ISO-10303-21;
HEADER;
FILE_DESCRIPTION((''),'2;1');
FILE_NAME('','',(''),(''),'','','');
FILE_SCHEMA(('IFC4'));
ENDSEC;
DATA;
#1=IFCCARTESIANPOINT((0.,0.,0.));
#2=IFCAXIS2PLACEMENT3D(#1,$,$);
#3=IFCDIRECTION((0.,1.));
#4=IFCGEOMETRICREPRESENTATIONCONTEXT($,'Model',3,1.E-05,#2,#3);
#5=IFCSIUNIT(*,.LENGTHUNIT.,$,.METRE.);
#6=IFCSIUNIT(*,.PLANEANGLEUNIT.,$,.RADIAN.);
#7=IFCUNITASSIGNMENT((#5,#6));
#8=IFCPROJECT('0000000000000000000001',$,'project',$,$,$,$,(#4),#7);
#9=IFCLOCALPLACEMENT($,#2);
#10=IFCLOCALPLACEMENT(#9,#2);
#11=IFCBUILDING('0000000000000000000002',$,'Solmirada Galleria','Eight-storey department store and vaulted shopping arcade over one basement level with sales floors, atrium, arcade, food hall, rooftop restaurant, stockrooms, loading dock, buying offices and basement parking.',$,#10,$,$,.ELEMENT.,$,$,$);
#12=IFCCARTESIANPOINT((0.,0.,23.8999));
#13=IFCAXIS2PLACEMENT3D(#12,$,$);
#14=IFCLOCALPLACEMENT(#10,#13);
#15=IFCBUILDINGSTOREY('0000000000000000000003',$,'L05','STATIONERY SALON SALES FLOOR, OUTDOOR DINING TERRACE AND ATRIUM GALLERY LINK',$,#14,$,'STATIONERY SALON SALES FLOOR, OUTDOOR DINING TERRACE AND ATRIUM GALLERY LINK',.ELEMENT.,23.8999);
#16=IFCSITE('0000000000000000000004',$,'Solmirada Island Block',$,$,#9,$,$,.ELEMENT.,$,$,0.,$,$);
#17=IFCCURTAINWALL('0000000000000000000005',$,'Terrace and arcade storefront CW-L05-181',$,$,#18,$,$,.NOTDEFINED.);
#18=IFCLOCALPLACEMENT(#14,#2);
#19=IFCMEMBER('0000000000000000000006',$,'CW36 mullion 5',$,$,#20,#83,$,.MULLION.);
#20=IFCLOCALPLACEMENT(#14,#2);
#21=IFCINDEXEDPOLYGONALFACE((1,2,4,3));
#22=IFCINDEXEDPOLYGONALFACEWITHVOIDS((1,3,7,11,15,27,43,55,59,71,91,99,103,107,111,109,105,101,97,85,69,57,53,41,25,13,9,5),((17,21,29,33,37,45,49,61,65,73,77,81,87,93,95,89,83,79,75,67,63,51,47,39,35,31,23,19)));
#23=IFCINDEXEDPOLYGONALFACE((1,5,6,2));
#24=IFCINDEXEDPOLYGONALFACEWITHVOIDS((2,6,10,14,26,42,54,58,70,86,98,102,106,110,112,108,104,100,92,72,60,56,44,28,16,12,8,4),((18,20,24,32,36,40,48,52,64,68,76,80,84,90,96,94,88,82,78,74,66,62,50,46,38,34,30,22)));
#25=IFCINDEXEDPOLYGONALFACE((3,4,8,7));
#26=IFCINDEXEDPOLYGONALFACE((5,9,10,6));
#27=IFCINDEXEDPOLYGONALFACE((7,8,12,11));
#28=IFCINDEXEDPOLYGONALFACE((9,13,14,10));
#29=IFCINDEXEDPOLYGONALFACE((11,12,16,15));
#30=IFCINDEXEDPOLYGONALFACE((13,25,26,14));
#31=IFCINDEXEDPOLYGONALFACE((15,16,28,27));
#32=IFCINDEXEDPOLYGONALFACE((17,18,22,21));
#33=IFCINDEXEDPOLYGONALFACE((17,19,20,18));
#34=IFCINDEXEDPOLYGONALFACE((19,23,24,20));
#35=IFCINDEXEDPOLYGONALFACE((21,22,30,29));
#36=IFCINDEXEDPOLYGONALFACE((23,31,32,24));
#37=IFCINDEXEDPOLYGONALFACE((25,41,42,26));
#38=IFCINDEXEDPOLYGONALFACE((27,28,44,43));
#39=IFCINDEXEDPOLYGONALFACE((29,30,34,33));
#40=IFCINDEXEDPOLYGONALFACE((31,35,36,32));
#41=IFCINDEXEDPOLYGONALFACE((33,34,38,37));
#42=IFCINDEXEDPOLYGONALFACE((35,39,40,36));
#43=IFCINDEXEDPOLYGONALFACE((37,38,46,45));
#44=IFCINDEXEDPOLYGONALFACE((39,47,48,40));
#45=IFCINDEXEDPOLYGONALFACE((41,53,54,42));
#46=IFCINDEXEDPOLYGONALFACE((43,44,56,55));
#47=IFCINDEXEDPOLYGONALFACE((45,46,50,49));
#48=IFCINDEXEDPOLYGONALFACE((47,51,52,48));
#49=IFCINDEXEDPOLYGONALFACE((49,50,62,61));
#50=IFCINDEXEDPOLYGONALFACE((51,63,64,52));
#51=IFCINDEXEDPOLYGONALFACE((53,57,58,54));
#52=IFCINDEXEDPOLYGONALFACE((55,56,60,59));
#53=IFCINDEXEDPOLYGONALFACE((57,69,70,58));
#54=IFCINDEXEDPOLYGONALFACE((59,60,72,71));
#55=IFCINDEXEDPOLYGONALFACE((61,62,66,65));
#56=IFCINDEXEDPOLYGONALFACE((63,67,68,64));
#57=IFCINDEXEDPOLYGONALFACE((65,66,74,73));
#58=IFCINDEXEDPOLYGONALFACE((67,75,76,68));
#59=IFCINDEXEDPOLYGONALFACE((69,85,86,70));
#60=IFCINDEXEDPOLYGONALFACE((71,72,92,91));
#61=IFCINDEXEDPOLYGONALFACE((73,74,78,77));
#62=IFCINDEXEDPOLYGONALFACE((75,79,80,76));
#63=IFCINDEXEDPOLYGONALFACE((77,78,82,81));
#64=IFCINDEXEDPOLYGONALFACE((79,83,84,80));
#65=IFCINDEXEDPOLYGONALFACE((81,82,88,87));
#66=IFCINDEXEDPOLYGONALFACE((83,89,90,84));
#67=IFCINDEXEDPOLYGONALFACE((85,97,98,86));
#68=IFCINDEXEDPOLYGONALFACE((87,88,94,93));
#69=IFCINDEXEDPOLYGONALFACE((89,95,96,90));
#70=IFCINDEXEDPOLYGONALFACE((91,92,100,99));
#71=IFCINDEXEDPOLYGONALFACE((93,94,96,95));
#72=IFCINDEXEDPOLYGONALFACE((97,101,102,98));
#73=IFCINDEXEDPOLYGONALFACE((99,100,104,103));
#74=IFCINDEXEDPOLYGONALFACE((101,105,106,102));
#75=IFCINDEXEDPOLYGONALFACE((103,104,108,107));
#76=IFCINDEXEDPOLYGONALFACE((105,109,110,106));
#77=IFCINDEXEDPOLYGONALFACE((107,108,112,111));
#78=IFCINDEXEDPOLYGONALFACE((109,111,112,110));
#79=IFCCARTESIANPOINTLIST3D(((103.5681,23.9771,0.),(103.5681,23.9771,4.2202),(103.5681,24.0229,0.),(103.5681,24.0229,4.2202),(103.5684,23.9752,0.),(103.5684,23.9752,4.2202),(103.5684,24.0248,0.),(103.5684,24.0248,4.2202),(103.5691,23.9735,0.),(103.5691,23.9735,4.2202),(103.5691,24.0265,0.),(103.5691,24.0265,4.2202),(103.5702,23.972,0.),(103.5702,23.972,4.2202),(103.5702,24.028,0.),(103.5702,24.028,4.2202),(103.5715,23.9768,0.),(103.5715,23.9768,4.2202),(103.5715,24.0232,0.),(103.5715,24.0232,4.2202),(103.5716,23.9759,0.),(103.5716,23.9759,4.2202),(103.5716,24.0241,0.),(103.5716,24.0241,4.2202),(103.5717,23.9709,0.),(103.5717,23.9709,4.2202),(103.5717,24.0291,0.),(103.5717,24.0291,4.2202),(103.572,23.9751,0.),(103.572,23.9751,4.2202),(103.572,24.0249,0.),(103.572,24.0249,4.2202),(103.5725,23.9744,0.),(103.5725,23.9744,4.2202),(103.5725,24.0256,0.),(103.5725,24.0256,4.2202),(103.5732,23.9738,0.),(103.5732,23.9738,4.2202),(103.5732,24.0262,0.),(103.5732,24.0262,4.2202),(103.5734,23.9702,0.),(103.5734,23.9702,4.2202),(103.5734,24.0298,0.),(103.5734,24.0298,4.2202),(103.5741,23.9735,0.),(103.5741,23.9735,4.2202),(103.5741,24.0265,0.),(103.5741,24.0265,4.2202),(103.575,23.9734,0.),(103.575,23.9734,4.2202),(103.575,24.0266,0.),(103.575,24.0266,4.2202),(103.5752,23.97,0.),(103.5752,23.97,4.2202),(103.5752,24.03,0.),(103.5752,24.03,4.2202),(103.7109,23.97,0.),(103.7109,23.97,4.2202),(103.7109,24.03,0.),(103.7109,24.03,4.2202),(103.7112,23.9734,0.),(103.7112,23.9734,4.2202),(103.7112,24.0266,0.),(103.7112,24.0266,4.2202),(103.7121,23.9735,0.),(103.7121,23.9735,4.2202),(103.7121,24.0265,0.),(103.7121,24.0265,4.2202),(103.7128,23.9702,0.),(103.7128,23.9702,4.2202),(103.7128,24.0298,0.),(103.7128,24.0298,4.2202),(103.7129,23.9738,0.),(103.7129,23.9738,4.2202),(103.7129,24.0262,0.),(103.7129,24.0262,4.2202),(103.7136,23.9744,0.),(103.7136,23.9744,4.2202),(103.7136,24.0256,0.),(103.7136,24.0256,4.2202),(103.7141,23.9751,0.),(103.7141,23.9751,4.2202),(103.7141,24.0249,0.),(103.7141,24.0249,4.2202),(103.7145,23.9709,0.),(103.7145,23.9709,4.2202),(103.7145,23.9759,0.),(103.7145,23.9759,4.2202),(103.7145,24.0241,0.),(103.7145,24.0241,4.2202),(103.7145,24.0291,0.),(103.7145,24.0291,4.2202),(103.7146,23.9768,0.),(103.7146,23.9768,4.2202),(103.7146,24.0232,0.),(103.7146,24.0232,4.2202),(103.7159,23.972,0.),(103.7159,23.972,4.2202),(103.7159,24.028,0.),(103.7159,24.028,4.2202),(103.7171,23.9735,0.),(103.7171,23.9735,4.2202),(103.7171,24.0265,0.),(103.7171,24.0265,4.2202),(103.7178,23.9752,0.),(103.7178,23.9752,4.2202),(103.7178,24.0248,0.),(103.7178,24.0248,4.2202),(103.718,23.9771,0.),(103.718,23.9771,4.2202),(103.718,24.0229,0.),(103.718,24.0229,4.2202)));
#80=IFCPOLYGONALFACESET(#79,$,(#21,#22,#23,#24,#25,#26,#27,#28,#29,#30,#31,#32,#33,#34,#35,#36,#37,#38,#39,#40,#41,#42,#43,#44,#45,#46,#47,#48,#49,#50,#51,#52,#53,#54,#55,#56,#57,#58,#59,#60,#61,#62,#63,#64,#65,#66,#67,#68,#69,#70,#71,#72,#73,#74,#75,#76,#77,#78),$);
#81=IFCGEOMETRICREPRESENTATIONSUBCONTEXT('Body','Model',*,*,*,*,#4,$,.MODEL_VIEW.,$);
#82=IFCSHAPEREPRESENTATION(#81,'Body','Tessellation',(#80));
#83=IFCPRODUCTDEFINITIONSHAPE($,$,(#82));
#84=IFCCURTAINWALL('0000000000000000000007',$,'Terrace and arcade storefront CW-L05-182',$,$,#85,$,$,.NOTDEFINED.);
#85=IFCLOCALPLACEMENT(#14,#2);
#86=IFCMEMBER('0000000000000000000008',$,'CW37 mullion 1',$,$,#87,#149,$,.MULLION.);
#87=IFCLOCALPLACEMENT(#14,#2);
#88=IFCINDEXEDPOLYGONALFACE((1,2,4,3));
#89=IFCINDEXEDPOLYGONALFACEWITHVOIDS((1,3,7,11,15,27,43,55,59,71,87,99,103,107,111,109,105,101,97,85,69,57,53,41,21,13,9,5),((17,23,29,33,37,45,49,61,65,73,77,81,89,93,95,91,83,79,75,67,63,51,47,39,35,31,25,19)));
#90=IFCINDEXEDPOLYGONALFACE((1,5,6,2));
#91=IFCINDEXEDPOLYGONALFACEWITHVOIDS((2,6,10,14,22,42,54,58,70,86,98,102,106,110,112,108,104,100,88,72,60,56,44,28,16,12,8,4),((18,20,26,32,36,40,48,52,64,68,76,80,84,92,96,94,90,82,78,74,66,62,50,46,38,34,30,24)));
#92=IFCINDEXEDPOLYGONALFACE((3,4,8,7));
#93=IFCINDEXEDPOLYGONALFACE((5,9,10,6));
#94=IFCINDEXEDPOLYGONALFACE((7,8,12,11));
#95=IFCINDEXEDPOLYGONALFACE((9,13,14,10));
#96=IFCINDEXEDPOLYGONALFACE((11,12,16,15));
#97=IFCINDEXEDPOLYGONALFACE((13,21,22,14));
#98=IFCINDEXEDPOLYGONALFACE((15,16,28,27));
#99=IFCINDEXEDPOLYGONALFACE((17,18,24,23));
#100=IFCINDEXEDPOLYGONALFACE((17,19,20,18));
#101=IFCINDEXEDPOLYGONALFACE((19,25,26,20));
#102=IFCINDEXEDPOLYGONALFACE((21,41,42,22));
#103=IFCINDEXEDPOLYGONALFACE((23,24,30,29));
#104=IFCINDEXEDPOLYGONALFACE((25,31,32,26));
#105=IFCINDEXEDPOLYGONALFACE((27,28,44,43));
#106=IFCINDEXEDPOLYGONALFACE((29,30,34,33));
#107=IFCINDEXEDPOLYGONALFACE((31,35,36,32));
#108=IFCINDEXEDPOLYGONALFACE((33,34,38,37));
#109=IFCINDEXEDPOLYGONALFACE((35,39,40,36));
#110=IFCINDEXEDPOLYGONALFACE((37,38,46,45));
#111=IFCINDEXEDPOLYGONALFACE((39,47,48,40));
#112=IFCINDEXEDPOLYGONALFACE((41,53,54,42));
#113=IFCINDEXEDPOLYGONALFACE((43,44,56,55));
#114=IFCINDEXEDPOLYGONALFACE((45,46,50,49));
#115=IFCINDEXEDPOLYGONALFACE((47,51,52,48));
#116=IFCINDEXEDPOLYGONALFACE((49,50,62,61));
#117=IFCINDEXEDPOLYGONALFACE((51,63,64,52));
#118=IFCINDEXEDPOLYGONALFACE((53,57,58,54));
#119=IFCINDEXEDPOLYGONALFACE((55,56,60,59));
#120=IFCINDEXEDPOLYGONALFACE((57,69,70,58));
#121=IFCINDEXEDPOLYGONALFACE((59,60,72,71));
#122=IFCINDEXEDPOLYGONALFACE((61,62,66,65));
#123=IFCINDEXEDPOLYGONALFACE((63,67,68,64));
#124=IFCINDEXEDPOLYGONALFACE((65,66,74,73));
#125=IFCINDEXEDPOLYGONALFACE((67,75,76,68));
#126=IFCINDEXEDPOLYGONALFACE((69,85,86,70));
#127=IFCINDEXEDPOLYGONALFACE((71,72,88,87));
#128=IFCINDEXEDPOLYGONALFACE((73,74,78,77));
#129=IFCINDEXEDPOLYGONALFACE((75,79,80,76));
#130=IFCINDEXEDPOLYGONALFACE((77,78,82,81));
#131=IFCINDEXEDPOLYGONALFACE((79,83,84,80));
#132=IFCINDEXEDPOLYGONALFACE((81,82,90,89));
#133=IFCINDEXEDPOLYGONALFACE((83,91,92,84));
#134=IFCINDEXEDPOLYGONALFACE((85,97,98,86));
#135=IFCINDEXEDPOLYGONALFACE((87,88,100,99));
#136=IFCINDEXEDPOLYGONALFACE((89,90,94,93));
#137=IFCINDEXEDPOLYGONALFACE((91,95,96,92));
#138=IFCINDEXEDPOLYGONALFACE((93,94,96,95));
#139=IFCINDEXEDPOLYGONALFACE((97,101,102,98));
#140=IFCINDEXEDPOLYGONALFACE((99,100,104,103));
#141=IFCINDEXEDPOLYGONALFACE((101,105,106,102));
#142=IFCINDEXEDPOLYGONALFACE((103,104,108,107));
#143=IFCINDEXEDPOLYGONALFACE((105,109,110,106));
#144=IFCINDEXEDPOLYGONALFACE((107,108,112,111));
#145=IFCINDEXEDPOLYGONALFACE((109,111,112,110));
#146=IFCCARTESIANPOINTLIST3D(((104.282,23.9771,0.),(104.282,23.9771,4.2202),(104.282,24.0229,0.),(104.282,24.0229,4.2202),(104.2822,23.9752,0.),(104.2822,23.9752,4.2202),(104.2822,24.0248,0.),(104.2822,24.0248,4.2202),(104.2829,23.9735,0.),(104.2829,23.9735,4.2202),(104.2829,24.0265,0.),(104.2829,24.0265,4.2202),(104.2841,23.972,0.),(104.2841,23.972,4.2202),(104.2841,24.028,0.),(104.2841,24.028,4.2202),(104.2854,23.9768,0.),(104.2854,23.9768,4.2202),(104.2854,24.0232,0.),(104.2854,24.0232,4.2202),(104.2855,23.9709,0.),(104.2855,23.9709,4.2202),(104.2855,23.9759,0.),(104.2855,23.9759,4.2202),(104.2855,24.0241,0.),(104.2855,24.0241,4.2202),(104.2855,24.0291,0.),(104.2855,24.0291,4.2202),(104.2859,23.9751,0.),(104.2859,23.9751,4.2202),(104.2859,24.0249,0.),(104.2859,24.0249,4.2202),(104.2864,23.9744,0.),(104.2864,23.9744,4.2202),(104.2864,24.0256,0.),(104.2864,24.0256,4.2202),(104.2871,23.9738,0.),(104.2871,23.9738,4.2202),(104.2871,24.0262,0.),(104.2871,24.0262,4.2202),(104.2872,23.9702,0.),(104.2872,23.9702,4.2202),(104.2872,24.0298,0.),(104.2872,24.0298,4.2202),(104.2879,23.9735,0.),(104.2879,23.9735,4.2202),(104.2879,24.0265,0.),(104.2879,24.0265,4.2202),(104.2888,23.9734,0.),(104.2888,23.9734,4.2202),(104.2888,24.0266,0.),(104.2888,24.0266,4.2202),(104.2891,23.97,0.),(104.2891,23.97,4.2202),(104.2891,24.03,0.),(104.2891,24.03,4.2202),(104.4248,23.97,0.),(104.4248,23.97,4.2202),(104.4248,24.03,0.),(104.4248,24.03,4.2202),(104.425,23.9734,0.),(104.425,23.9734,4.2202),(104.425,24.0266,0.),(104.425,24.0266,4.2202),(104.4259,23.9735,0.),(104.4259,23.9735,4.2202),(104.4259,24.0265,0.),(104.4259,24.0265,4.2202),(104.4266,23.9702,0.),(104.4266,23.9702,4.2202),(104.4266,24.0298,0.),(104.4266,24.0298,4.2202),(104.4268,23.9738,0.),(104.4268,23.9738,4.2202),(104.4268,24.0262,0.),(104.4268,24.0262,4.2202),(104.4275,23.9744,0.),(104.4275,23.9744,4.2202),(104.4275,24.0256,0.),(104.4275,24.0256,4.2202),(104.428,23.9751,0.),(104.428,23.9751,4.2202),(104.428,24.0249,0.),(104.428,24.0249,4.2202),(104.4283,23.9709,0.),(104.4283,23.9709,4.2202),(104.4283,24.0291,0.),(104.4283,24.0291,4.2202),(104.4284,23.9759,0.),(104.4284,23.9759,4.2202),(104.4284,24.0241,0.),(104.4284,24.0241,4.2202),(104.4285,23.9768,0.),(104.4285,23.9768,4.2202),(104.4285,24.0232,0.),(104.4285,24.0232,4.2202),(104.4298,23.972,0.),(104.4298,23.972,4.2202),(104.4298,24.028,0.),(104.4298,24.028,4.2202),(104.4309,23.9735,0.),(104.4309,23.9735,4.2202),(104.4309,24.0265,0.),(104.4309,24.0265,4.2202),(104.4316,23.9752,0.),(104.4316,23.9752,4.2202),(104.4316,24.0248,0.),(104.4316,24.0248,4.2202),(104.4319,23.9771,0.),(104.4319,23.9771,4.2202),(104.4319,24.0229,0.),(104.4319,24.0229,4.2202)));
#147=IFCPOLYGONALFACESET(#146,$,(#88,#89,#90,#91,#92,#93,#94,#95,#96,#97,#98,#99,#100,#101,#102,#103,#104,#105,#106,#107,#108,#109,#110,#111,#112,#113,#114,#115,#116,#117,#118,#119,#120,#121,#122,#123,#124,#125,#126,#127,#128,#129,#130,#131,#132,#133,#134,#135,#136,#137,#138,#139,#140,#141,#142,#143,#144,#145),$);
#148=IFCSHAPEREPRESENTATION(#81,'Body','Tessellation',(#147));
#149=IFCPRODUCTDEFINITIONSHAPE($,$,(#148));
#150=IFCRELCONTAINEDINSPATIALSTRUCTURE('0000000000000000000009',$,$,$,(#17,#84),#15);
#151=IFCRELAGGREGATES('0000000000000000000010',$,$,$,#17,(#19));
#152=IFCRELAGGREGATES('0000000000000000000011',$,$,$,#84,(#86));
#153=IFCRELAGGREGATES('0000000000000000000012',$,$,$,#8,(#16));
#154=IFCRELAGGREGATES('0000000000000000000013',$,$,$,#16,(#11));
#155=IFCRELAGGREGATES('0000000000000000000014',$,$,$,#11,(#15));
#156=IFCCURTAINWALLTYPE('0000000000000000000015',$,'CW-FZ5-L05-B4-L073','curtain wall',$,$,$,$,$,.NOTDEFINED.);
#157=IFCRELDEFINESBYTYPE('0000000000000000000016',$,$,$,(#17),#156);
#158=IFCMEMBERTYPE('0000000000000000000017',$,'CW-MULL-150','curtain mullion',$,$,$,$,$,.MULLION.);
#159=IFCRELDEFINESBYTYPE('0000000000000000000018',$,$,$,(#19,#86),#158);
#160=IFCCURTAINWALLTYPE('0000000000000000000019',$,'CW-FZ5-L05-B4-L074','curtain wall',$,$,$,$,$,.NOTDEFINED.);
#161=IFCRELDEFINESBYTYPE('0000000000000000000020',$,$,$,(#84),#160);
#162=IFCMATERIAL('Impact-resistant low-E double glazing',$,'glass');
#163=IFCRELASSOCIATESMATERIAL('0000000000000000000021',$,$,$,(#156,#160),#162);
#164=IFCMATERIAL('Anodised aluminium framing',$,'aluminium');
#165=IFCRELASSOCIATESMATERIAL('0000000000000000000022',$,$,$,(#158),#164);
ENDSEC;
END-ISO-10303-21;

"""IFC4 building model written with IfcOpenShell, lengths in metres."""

from ifc_helpers import new_model, si_unit, direction, frame, origin, origin_2d, place, context, subcontext, project, spatial, hollow_rectangle, extrude, material, material_profile, profile_set, type_object, element, aggregate, save


model = new_model("IFC4")

# Units and contexts
model_context = context("Model", 3, precision=1e-05, world=origin(), true_north=direction((0.0, 1.0)))
body_context = subcontext(model_context, "Body", "Model", "MODEL_VIEW")
ifc_project = project(units=[si_unit("LENGTHUNIT", "METRE"), si_unit("PLANEANGLEUNIT", "RADIAN")], contexts=[model_context])

# Site, building, storey
site_placement = place(None, origin())
site = spatial("IfcSite", under=ifc_project, at=site_placement, Name="Solmirada Island Block", CompositionType="ELEMENT", RefElevation=0.0)
building_placement = place(site_placement, origin())
building = spatial("IfcBuilding", under=site, at=building_placement, Name="Solmirada Galleria", Description="Eight-storey department store and vaulted shopping arcade over one basement level with sales floors, atrium, arcade, food hall, rooftop restaurant, stockrooms, loading dock, buying offices and basement parking.", CompositionType="ELEMENT")
storey_placement = place(building_placement, frame((0.0, 0.0, 23.8999)))
storey = spatial("IfcBuildingStorey", under=building, at=storey_placement, Name="L05", Description="STATIONERY SALON SALES FLOOR, OUTDOOR DINING TERRACE AND ATRIUM GALLERY LINK", LongName="STATIONERY SALON SALES FLOOR, OUTDOOR DINING TERRACE AND ATRIUM GALLERY LINK", CompositionType="ELEMENT", Elevation=23.8999)

# Curtain walls, members
ifc_material_1 = material(Name="Impact-resistant low-E double glazing", Category="glass")
curtain_wall_type_1 = type_object("IfcCurtainWallType", Name="CW-FZ5-L05-B4-L073", Description="curtain wall", PredefinedType="NOTDEFINED", material=ifc_material_1)
curtain_wall_1_placement = place(storey_placement, origin())
curtain_wall_1 = element("IfcCurtainWall", 1, at=curtain_wall_1_placement, inside=storey, type_object=curtain_wall_type_1, Name="Terrace and arcade storefront CW-L05-181", PredefinedType="NOTDEFINED")
ifc_material_2 = material(Name="Anodised aluminium framing", Category="aluminium")
ifc_material_profile_1 = material_profile(ifc_material_2, hollow_rectangle(XDim=0.0601, YDim=0.1499, WallThickness=0.0034, InnerFilletRadius=0.0034, OuterFilletRadius=0.0071, at=origin_2d()), Name="ALU-MULL-150X60")
ifc_profile_set_1 = profile_set([ifc_material_profile_1], Name="Anodised aluminium framing")
member_type_1 = type_object("IfcMemberType", Name="CW-MULL-150", Description="curtain mullion", PredefinedType="MULLION", material=ifc_profile_set_1)
member_1_placement = place(storey_placement, frame((103.6431, 24.0, 0.0), z_axis=(0.0, 0.0, 1.0), x_axis=(0.0, 1.0, 0.0)))
member_1 = element("IfcMember", 2, at=member_1_placement, type_object=member_type_1, Name="CW36 mullion 5", PredefinedType="MULLION", context=body_context, shape_type="SweptSolid", body=[
    extrude(hollow_rectangle(XDim=0.0601, YDim=0.1499, WallThickness=0.0034, InnerFilletRadius=0.0034, OuterFilletRadius=0.0071, at=origin_2d()), origin(), (0.0, 0.0, 1.0), 4.2202),
])
curtain_wall_type_2 = type_object("IfcCurtainWallType", Name="CW-FZ5-L05-B4-L074", Description="curtain wall", PredefinedType="NOTDEFINED", material=ifc_material_1)
curtain_wall_2_placement = place(storey_placement, origin())
curtain_wall_2 = element("IfcCurtainWall", 3, at=curtain_wall_2_placement, inside=storey, type_object=curtain_wall_type_2, Name="Terrace and arcade storefront CW-L05-182", PredefinedType="NOTDEFINED")
member_2_placement = place(storey_placement, frame((104.3569, 24.0, 0.0), z_axis=(0.0, 0.0, 1.0), x_axis=(0.0, 1.0, 0.0)))
member_2 = element("IfcMember", 4, at=member_2_placement, type_object=member_type_1, Name="CW37 mullion 1", PredefinedType="MULLION", context=body_context, shape_type="SweptSolid", body=[
    extrude(hollow_rectangle(XDim=0.0601, YDim=0.1499, WallThickness=0.0034, InnerFilletRadius=0.0034, OuterFilletRadius=0.0071, at=origin_2d()), origin(), (0.0, 0.0, 1.0), 4.2202),
])

aggregate(curtain_wall_1, [member_1])
aggregate(curtain_wall_2, [member_2])

save(model, "model.ifc")
